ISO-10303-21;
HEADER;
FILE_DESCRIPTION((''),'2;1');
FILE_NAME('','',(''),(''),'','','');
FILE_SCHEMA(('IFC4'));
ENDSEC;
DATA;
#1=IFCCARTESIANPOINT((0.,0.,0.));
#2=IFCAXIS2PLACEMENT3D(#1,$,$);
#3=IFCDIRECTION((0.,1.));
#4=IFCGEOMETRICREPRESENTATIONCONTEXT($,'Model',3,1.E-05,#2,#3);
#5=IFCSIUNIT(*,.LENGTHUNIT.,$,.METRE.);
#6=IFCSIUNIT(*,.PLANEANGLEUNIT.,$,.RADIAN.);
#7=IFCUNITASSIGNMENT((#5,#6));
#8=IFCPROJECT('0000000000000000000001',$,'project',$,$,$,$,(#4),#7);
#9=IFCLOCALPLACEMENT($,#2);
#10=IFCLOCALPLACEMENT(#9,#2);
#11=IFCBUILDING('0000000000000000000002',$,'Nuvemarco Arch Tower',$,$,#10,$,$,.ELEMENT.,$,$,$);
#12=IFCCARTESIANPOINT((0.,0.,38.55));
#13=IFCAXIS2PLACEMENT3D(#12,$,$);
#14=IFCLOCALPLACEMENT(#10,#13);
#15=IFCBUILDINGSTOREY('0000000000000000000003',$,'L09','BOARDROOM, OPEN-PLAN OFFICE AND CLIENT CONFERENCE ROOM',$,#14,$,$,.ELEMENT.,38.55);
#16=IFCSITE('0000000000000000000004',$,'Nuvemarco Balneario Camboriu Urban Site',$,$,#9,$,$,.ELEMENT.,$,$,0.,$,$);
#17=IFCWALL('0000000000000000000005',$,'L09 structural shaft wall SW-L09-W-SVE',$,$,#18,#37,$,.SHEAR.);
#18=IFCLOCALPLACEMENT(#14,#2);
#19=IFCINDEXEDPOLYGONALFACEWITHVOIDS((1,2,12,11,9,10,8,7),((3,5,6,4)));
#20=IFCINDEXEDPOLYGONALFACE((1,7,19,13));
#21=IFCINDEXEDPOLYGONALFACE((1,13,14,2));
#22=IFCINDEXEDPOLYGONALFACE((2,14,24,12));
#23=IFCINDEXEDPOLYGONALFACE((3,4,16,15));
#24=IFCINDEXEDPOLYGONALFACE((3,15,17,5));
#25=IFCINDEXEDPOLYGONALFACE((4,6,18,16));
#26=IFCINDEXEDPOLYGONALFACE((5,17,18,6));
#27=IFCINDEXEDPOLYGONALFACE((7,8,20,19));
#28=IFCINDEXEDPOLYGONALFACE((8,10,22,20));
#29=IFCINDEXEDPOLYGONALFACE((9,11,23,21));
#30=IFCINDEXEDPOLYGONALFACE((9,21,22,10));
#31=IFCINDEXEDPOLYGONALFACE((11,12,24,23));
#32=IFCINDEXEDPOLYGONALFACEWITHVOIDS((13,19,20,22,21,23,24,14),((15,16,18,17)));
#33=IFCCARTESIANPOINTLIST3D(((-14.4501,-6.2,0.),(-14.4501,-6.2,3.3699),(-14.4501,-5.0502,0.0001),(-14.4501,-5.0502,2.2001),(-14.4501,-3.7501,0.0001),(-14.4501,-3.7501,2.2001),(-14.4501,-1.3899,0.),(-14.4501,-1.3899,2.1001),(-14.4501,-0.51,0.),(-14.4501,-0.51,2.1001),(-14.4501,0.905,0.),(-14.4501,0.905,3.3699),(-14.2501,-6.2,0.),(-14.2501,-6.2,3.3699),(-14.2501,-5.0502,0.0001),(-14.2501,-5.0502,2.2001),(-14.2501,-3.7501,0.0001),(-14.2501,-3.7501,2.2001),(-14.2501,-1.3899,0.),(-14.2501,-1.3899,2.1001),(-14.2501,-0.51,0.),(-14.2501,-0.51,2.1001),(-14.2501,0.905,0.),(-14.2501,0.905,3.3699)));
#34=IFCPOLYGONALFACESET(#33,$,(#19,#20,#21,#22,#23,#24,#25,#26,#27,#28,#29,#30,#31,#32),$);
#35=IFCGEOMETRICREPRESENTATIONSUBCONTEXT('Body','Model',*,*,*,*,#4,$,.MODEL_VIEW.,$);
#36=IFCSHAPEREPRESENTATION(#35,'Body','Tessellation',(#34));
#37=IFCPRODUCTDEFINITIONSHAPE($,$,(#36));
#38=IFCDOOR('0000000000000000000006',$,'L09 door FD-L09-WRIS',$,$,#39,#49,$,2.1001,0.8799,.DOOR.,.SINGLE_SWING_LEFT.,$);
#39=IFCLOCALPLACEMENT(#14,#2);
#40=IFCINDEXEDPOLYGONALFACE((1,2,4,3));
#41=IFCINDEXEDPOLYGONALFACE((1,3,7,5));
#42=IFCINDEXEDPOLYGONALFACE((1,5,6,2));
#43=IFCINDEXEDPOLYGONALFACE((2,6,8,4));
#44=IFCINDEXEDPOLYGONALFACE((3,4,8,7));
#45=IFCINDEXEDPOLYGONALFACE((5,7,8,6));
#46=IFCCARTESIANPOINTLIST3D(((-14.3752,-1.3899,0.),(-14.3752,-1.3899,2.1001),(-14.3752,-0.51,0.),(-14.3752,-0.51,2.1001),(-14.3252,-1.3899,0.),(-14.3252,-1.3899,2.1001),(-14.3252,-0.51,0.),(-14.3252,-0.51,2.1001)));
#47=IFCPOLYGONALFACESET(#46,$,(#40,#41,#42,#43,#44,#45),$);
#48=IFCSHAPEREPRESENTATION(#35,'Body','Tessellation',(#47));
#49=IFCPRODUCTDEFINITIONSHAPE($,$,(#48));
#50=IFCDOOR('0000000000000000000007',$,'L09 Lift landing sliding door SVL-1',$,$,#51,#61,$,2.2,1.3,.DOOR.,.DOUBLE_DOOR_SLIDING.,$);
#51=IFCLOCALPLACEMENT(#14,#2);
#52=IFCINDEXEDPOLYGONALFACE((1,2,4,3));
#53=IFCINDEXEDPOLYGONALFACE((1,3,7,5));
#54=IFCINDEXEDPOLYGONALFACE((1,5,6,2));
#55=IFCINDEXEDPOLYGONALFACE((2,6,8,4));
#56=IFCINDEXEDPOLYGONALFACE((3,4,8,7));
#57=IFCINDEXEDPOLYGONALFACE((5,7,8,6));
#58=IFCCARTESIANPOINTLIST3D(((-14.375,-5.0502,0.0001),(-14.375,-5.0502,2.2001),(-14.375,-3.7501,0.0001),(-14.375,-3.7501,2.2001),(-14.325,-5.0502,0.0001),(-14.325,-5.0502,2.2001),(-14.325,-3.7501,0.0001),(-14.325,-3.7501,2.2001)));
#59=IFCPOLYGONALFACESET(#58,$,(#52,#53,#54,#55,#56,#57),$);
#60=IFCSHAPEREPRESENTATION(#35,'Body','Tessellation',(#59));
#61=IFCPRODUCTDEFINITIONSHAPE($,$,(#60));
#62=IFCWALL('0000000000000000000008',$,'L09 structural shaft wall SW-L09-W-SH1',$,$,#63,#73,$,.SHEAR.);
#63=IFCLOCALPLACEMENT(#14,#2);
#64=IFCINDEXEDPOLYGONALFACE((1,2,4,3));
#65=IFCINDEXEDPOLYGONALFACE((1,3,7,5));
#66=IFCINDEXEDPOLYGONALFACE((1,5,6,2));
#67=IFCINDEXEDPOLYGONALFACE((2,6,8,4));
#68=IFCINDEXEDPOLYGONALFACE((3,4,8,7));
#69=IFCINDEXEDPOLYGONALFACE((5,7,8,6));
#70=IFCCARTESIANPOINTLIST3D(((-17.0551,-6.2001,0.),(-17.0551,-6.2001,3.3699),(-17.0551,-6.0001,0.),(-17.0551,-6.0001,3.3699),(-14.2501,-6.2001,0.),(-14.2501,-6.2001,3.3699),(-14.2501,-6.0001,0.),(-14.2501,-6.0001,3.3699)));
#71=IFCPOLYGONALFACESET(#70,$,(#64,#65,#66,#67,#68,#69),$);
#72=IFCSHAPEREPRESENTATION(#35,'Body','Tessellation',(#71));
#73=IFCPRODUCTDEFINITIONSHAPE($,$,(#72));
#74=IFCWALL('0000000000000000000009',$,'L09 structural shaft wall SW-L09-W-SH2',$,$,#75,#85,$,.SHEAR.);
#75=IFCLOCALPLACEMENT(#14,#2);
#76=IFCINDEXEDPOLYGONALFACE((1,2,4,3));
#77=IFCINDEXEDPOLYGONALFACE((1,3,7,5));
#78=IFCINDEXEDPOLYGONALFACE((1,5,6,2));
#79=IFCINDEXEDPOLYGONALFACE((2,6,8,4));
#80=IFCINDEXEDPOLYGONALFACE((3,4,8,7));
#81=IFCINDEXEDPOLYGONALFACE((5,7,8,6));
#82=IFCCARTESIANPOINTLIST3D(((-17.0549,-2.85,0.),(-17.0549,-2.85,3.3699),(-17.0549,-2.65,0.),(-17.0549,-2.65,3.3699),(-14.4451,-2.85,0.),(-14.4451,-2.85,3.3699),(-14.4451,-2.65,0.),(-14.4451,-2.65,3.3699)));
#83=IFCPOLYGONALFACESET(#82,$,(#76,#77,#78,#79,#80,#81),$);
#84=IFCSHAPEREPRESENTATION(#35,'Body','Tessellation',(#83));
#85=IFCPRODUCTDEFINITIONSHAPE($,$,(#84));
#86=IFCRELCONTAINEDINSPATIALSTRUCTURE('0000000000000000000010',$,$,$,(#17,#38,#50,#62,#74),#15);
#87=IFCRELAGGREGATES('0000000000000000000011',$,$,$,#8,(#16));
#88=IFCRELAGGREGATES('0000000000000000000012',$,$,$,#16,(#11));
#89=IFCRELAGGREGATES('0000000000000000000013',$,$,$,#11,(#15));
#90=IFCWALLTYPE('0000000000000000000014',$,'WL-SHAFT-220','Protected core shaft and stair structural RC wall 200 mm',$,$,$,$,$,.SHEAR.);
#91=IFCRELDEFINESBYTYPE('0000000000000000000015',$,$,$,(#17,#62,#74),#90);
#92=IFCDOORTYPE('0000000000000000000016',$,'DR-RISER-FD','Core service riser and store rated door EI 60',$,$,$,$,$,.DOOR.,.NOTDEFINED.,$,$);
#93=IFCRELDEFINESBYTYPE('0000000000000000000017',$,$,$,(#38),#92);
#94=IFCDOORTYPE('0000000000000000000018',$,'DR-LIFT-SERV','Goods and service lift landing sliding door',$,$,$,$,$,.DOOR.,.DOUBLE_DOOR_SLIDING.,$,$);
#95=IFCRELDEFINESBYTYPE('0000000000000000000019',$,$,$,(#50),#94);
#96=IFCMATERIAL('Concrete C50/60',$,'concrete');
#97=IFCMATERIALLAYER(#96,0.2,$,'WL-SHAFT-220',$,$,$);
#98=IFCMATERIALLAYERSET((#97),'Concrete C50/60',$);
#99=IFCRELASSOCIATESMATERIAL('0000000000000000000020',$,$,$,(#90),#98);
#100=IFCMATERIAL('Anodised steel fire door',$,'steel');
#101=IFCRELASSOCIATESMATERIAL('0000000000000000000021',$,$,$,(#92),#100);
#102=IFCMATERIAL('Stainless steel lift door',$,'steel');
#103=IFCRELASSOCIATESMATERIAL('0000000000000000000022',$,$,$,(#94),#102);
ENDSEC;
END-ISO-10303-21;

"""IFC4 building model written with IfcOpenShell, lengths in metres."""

from ifc_helpers import new_model, si_unit, direction, frame, frame_2d, origin, place, context, subcontext, project, spatial, rectangle, extrude, source, transform, mapped, material, layer, layer_set, type_object, type_shapes, element, fill, save


model = new_model("IFC4")

# Units and contexts
model_context = context("Model", 3, precision=1e-05, world=origin(), true_north=direction((0.0, 1.0)))
body_context = subcontext(model_context, "Body", "Model", "MODEL_VIEW")
ifc_project = project(units=[si_unit("LENGTHUNIT", "METRE"), si_unit("PLANEANGLEUNIT", "RADIAN")], contexts=[model_context])

# Site, building, storey
site_placement = place(None, origin())
site = spatial("IfcSite", under=ifc_project, at=site_placement, Name="Nuvemarco Balneario Camboriu Urban Site", CompositionType="ELEMENT", RefElevation=0.0)
building_placement = place(site_placement, origin())
building = spatial("IfcBuilding", under=site, at=building_placement, Name="Nuvemarco Arch Tower", CompositionType="ELEMENT")
storey_placement = place(building_placement, frame((0.0, 0.0, 38.55)))
storey = spatial("IfcBuildingStorey", under=building, at=storey_placement, Name="L09", Description="BOARDROOM, OPEN-PLAN OFFICE AND CLIENT CONFERENCE ROOM", CompositionType="ELEMENT", Elevation=38.55)

# Shared definitions
ifc_material_1 = material(Name="Concrete C50/60", Category="concrete")
ifc_layer_1 = layer(ifc_material_1, 0.2, Name="WL-SHAFT-220")
ifc_layer_set_1 = layer_set([ifc_layer_1], Name="Concrete C50/60")
wall_type_1 = type_object("IfcWallType", Name="WL-SHAFT-220", Description="Protected core shaft and stair structural RC wall 200 mm", PredefinedType="SHEAR", material=ifc_layer_set_1)
ifc_material_2 = material(Name="Stainless steel lift door", Category="steel")

# Wall, openings, doors
wall_1_placement = place(storey_placement, frame((-14.3501, -6.2, 0.0), z_axis=(0.0, 0.0, 1.0), x_axis=(0.0, 1.0, 0.0)))
wall_1 = element("IfcWall", 1, at=wall_1_placement, inside=storey, type_object=wall_type_1, Name="L09 structural shaft wall SW-L09-W-SVE", PredefinedType="SHEAR", context=body_context, shape_type="SweptSolid", body=[
    extrude(rectangle(XDim=7.105, YDim=0.2, at=frame_2d((3.5525, 0.0))), origin(), (0.0, 0.0, 1.0), 3.3699),
])
opening_1_placement = place(wall_1_placement, frame((5.6899, 0.0, 0.0), z_axis=(0.0, 0.0, 1.0), x_axis=(-1.0, 0.0, 0.0)))
opening_1 = element("IfcOpeningElement", 2, at=opening_1_placement, cuts=wall_1, PredefinedType="OPENING", context=body_context, shape_type="SweptSolid", body=[
    extrude(rectangle(XDim=0.8799, YDim=2.1001, at=frame_2d((0.4399, 1.05))), frame((0.0, 0.1099, 0.0), z_axis=(0.0, -1.0, 0.0), x_axis=(1.0, 0.0, 0.0)), (0.0, 0.0, 1.0), 0.22),
])
opening_2_placement = place(wall_1_placement, frame((1.1499, 0.0, 0.0)))
opening_2 = element("IfcOpeningElement", 3, at=opening_2_placement, cuts=wall_1, PredefinedType="OPENING", context=body_context, shape_type="SweptSolid", body=[
    extrude(rectangle(XDim=1.3, YDim=2.2, at=frame_2d((0.6499, 1.1001))), frame((0.0, 0.1099, 0.0), z_axis=(0.0, -1.0, 0.0), x_axis=(1.0, 0.0, 0.0)), (0.0, 0.0, 1.0), 0.22),
])
ifc_material_3 = material(Name="Anodised steel fire door", Category="steel")
door_type_1 = type_object("IfcDoorType", Name="DR-RISER-FD", Description="Core service riser and store rated door EI 60", OperationType="NOTDEFINED", PredefinedType="DOOR", material=ifc_material_3)
shared_shape_1 = source(origin(), body_context, "Body", "SweptSolid", [
    extrude(rectangle(XDim=0.8799, YDim=2.1001, at=frame_2d((0.4399, 1.05))), frame((0.0, 0.0249, 0.0), z_axis=(0.0, -1.0, 0.0), x_axis=(1.0, 0.0, 0.0)), (0.0, 0.0, 1.0), 0.05),
])
type_shapes(door_type_1, [shared_shape_1])
door_1_placement = place(opening_1_placement, origin())
door_1 = element("IfcDoor", 4, at=door_1_placement, inside=storey, type_object=door_type_1, Name="L09 door FD-L09-WRIS", OperationType="SINGLE_SWING_LEFT", OverallHeight=2.1001, OverallWidth=0.8799, PredefinedType="DOOR", context=body_context, shape_type="MappedRepresentation", body=[
    mapped(shared_shape_1, transform((0.0, 0.0, 0.0), scale=1.0)),
])
fill(opening_1, door_1)
door_type_2 = type_object("IfcDoorType", Name="DR-LIFT-SERV", Description="Goods and service lift landing sliding door", OperationType="DOUBLE_DOOR_SLIDING", PredefinedType="DOOR", material=ifc_material_2)
shared_shape_2 = source(origin(), body_context, "Body", "SweptSolid", [
    extrude(rectangle(XDim=1.3, YDim=2.2, at=frame_2d((0.6499, 1.1001))), frame((0.0, 0.0249, 0.0), z_axis=(0.0, -1.0, 0.0), x_axis=(1.0, 0.0, 0.0)), (0.0, 0.0, 1.0), 0.05),
])
type_shapes(door_type_2, [shared_shape_2])
door_2_placement = place(opening_2_placement, origin())
door_2 = element("IfcDoor", 5, at=door_2_placement, inside=storey, type_object=door_type_2, Name="L09 Lift landing sliding door SVL-1", OperationType="DOUBLE_DOOR_SLIDING", OverallHeight=2.2, OverallWidth=1.3, PredefinedType="DOOR", context=body_context, shape_type="MappedRepresentation", body=[
    mapped(shared_shape_2, transform((0.0, 0.0, 0.0), scale=1.0)),
])
fill(opening_2, door_2)

# Walls
wall_2_placement = place(storey_placement, frame((-17.0549, -6.1001, 0.0), z_axis=(0.0, 0.0, 1.0), x_axis=(1.0, 0.0, 0.0)))
element("IfcWall", 6, at=wall_2_placement, inside=storey, type_object=wall_type_1, Name="L09 structural shaft wall SW-L09-W-SH1", PredefinedType="SHEAR", context=body_context, shape_type="SweptSolid", body=[
    extrude(rectangle(XDim=2.8049, YDim=0.2, at=frame_2d((1.4023, 0.0))), origin(), (0.0, 0.0, 1.0), 3.3699),
])
wall_3_placement = place(storey_placement, frame((-17.0549, -2.75, 0.0), z_axis=(0.0, 0.0, 1.0), x_axis=(1.0, 0.0, 0.0)))
element("IfcWall", 7, at=wall_3_placement, inside=storey, type_object=wall_type_1, Name="L09 structural shaft wall SW-L09-W-SH2", PredefinedType="SHEAR", context=body_context, shape_type="SweptSolid", body=[
    extrude(rectangle(XDim=2.6099, YDim=0.2, at=frame_2d((1.3049, 0.0))), origin(), (0.0, 0.0, 1.0), 3.3699),
])

save(model, "model.ifc")
